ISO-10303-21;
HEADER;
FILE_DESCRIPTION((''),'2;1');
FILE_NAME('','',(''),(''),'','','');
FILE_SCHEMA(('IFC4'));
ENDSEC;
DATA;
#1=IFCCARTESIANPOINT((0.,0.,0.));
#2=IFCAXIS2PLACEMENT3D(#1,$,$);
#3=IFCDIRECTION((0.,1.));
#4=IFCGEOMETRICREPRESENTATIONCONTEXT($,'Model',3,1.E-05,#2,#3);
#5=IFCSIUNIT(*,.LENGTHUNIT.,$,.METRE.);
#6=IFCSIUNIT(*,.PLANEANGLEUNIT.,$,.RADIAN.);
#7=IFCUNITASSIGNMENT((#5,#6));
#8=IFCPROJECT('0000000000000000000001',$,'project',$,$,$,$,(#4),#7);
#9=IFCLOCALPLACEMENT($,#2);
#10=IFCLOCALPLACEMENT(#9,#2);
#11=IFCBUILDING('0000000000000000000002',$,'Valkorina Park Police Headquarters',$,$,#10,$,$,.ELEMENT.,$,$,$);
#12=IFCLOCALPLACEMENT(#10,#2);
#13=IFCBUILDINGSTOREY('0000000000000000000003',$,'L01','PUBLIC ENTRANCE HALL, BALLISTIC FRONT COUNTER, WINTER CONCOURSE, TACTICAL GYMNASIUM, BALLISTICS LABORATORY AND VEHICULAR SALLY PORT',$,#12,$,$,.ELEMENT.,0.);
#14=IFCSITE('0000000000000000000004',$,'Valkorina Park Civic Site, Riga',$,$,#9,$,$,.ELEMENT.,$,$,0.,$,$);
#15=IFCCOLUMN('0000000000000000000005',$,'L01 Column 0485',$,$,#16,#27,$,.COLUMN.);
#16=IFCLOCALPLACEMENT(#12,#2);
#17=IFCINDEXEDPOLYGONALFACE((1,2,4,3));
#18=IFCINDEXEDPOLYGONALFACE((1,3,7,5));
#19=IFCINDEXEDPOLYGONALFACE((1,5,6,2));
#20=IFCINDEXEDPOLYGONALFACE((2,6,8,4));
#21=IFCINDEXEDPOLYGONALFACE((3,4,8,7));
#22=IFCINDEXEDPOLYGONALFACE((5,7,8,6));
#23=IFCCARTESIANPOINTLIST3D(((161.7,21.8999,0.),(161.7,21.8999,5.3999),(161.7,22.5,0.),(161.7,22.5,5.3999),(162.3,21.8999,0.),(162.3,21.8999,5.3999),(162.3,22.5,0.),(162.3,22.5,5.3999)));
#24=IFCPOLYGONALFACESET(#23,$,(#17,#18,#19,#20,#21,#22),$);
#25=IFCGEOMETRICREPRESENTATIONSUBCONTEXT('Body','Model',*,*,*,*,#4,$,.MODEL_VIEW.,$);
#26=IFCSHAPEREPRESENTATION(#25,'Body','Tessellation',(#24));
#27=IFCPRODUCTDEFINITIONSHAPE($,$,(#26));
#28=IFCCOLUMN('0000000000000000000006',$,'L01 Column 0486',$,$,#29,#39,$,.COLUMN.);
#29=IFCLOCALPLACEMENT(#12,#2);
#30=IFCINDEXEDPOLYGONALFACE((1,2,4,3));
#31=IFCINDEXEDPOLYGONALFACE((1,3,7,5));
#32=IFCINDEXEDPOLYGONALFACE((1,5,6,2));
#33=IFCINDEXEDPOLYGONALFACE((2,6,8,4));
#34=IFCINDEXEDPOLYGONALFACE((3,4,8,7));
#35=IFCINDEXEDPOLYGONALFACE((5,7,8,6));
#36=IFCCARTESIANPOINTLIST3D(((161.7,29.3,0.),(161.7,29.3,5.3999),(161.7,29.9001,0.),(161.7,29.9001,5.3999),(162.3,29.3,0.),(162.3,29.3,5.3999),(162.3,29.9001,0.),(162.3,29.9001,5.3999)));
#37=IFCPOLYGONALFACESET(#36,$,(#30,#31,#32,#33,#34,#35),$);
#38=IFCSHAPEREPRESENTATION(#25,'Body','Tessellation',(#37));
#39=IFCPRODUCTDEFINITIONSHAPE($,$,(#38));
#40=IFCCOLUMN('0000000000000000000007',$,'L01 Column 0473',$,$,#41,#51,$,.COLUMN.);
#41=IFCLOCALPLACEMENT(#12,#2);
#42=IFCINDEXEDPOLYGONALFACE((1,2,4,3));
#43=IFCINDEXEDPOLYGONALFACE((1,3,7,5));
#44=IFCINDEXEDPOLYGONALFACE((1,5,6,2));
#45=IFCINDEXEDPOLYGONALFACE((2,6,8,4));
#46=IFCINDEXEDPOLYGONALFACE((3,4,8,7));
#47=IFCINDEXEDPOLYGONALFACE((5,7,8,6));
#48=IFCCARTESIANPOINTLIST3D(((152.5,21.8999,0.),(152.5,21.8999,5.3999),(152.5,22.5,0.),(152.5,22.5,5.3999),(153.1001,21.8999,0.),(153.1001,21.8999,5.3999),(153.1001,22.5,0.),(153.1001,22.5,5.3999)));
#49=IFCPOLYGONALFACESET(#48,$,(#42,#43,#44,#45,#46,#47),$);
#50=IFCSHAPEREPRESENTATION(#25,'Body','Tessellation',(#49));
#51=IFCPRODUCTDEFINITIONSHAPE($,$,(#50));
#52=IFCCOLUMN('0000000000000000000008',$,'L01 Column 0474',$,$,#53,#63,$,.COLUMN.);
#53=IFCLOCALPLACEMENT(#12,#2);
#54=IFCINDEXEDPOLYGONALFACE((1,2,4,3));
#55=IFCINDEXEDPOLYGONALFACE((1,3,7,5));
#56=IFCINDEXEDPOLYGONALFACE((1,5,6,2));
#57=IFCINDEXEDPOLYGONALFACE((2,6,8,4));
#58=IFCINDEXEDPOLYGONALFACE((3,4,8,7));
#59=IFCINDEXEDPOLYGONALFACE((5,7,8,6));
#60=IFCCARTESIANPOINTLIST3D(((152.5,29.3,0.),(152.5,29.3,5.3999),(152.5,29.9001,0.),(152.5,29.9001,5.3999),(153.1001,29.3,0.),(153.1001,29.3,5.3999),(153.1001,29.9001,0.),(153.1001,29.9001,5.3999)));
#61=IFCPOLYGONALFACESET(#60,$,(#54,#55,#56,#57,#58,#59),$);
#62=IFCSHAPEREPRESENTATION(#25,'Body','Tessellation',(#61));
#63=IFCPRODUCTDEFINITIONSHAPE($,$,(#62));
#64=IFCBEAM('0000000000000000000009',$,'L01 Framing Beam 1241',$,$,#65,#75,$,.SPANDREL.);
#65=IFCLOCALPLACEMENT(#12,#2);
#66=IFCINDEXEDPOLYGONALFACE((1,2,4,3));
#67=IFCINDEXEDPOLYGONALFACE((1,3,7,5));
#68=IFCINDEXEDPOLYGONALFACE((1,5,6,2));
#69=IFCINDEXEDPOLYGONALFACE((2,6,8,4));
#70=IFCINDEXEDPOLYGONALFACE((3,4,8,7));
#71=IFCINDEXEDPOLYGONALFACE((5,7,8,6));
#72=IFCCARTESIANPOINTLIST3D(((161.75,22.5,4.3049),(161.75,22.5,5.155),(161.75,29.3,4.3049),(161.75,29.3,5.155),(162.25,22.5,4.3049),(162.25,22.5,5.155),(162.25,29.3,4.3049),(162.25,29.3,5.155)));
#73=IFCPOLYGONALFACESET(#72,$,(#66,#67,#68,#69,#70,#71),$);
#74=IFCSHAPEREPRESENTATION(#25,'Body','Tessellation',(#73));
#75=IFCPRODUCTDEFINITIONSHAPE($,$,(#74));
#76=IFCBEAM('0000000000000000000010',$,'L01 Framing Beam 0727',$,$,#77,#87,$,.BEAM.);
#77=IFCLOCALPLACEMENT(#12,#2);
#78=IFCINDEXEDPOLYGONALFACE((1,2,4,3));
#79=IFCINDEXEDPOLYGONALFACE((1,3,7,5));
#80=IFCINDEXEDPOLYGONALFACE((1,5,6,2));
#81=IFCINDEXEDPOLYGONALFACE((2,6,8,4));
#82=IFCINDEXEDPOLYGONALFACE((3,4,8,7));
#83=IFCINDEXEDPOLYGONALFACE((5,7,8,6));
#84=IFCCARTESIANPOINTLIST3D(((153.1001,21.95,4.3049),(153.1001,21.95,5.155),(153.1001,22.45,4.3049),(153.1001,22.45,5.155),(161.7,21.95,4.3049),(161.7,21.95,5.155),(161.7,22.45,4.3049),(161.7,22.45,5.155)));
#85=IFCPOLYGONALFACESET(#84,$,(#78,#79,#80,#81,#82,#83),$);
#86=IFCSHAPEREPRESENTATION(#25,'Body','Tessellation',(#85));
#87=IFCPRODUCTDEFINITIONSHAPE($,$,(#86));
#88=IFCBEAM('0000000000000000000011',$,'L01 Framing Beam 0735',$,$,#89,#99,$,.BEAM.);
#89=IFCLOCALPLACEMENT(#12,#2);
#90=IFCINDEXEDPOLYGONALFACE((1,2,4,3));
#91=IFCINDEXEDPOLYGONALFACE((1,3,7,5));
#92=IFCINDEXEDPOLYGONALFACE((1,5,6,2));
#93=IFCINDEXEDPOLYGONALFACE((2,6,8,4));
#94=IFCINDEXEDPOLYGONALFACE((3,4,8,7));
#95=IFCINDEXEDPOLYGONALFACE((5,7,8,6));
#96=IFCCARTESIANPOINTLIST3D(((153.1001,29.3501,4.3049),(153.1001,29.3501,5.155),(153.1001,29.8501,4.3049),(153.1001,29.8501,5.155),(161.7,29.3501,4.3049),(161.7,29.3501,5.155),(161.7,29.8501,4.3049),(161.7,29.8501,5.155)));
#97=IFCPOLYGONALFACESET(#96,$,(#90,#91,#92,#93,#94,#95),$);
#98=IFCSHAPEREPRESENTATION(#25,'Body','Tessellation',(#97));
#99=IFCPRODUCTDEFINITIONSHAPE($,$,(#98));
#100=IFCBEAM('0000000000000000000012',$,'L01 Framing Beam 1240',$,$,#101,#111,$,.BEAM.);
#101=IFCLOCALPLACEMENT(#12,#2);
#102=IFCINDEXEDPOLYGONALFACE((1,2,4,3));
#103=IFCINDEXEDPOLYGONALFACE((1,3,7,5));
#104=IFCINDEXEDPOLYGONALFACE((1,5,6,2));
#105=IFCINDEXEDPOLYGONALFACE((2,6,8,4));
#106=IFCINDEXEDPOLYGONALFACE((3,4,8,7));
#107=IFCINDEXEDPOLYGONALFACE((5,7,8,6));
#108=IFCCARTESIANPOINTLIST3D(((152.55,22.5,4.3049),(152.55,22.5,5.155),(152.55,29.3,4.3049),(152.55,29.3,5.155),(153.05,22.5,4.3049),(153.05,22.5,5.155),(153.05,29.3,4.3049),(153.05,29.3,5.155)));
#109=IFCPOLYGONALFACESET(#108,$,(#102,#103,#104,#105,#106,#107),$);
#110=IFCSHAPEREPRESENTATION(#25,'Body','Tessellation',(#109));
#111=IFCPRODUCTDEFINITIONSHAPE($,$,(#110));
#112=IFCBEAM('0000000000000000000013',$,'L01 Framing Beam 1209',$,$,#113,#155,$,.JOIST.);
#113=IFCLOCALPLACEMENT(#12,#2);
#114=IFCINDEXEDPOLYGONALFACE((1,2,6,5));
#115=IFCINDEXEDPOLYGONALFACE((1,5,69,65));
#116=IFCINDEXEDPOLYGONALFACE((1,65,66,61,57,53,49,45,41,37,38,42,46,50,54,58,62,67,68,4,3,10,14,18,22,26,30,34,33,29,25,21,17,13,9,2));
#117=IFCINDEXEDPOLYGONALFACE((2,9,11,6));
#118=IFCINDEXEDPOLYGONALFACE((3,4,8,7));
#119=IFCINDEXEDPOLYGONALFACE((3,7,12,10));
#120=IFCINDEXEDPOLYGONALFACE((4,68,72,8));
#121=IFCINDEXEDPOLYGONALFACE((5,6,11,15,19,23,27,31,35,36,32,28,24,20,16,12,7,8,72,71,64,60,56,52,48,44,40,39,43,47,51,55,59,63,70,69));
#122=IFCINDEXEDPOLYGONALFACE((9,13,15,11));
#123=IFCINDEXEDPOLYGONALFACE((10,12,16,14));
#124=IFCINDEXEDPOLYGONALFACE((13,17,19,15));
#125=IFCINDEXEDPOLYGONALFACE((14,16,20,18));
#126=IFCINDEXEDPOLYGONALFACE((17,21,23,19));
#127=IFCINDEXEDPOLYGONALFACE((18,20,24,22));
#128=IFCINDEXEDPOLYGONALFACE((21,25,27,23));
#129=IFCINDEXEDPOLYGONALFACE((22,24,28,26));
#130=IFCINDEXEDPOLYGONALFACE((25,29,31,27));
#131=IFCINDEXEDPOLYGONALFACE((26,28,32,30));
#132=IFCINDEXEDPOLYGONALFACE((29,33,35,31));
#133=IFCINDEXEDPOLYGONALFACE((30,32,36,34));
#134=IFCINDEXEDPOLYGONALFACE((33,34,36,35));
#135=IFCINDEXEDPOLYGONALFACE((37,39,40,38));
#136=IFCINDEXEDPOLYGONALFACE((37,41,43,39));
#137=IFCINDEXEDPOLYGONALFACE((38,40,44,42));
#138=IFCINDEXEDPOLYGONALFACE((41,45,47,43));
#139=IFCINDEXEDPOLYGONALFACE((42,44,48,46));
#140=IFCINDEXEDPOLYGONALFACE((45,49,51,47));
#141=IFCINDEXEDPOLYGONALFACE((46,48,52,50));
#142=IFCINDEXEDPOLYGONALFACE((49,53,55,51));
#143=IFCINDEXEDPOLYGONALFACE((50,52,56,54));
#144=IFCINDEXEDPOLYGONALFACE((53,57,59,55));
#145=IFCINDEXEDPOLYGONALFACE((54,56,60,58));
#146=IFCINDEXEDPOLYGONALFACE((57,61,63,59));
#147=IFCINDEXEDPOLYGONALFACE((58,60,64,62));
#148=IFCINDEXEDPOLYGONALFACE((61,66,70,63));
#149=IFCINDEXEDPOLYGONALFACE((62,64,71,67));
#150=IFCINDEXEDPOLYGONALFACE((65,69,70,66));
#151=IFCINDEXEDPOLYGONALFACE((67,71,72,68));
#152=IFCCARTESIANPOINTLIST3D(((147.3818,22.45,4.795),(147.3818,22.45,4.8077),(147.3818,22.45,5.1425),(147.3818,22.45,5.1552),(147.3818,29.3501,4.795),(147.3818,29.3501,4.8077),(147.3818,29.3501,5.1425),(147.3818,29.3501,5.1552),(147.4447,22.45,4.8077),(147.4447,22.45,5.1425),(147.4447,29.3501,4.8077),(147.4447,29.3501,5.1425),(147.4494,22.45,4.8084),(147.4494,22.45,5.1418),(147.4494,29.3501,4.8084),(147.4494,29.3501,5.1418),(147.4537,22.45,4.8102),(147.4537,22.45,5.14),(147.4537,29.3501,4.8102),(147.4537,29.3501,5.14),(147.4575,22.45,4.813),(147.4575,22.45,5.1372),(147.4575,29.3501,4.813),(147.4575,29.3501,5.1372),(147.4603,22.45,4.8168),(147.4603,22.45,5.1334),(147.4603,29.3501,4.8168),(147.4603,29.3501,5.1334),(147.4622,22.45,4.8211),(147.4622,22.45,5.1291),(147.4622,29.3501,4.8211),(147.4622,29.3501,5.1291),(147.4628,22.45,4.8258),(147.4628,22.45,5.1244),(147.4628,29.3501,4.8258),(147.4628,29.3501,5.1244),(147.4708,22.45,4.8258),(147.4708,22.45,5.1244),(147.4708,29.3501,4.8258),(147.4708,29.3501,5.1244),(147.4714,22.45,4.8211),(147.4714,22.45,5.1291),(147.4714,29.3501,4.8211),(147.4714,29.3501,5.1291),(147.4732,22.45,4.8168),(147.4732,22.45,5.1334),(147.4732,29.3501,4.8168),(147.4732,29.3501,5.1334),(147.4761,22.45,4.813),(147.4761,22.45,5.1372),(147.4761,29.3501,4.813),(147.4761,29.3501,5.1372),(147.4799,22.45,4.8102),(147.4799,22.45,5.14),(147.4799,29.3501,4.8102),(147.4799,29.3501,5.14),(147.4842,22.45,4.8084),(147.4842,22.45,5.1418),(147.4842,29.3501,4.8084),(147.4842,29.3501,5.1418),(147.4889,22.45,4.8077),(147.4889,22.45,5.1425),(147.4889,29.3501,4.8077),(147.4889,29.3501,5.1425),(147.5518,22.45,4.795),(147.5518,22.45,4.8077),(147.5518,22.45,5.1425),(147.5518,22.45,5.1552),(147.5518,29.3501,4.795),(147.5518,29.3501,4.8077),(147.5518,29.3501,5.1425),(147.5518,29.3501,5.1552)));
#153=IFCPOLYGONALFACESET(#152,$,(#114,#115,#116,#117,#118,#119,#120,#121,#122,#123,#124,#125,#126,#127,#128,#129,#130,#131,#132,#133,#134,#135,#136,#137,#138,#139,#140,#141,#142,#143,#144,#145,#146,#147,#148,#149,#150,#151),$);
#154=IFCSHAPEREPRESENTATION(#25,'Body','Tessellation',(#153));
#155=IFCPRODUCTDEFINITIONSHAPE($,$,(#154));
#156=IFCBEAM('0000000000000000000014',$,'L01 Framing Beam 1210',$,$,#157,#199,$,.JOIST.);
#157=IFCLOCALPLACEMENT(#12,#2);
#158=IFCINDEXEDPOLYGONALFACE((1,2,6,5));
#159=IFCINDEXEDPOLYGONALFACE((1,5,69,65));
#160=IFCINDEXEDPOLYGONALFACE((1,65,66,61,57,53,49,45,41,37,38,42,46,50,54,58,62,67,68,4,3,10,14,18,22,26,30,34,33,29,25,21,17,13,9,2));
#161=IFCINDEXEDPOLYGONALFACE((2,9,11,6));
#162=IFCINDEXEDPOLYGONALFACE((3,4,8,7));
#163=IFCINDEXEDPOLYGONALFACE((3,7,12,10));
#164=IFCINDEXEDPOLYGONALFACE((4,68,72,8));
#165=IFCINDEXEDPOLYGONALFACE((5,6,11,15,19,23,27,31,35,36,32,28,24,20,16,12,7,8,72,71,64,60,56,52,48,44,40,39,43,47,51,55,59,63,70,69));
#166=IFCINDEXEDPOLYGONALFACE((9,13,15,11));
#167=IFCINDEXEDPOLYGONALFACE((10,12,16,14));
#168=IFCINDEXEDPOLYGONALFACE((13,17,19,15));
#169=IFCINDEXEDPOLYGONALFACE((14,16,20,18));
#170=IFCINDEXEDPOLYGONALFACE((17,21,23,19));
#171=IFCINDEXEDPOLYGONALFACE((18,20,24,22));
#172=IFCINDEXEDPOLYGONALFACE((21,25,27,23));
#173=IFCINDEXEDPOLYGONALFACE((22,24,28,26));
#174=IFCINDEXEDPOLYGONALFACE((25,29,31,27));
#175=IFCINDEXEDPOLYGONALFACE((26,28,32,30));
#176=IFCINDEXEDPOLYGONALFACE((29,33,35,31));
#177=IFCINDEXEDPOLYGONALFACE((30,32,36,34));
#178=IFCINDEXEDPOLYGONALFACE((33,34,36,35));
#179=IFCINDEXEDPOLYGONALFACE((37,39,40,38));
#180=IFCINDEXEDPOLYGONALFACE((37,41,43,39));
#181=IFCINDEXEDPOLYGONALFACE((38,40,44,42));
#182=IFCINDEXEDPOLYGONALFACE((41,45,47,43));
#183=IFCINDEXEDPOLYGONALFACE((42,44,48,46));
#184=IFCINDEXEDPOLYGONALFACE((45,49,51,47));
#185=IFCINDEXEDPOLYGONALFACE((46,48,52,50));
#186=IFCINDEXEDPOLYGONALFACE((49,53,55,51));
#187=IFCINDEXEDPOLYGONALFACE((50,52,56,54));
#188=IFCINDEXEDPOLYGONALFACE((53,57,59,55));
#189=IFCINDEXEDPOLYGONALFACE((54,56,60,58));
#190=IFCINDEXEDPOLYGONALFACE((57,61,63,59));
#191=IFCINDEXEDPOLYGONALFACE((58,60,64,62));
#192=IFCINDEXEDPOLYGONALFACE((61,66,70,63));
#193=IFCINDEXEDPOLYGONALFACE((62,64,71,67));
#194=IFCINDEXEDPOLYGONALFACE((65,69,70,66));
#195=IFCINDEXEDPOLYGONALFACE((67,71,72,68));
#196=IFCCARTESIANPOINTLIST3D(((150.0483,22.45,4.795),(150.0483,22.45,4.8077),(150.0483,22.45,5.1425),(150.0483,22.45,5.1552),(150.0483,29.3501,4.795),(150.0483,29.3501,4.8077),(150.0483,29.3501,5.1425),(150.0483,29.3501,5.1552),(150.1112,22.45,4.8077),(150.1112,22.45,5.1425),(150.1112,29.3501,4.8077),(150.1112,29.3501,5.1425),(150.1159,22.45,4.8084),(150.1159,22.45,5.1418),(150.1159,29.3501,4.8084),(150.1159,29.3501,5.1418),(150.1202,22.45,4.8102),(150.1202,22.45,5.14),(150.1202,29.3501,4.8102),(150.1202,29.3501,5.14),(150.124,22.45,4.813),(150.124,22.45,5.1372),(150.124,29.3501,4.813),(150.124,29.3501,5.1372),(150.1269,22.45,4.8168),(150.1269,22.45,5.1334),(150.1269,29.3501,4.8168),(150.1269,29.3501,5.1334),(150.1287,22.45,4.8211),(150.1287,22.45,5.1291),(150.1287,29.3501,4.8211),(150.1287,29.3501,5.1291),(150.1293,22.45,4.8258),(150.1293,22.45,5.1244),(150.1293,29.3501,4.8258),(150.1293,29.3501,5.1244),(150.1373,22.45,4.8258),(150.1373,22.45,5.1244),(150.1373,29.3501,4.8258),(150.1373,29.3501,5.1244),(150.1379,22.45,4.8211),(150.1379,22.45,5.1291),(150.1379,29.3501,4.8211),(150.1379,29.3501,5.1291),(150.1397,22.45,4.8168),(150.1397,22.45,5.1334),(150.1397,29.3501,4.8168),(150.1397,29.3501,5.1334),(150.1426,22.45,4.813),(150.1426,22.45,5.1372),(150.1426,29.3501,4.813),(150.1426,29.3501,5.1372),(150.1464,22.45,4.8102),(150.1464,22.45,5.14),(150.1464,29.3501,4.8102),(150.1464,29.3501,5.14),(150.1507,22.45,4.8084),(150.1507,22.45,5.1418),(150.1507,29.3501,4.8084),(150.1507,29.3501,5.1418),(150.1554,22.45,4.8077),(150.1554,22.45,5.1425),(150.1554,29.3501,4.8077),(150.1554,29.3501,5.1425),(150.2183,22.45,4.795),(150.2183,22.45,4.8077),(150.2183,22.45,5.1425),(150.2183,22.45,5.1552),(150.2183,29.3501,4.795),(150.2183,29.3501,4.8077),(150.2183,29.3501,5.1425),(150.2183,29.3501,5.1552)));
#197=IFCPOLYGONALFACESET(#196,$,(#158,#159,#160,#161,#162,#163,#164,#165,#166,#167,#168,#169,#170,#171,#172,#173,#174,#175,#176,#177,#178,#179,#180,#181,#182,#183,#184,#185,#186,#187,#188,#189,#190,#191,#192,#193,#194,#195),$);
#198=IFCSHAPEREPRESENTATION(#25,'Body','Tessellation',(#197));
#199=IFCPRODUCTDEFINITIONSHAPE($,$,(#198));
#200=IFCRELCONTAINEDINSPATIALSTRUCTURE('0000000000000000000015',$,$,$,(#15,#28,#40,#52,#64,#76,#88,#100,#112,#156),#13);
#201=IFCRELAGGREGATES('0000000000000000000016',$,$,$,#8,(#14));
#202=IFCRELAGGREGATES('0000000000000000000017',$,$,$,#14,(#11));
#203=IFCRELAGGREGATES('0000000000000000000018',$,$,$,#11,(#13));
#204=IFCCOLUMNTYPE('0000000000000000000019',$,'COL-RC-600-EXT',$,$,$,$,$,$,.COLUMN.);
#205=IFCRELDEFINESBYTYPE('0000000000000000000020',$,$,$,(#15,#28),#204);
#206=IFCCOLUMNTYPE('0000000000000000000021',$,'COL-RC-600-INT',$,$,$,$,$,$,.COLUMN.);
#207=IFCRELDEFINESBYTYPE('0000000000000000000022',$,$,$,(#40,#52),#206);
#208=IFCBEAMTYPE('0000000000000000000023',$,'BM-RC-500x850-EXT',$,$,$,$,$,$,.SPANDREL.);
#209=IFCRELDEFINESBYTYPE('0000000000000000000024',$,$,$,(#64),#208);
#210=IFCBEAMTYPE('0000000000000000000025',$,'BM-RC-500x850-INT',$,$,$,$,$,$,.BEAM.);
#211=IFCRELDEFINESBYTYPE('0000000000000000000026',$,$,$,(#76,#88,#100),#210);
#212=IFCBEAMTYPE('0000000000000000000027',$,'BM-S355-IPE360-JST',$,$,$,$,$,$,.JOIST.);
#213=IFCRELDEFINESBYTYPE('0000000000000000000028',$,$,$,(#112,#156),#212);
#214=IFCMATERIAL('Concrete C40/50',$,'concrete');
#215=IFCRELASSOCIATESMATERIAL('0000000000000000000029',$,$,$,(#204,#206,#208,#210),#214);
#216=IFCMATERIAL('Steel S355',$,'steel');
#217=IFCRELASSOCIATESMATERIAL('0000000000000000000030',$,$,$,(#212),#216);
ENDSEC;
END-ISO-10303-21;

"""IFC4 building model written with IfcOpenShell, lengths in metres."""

from ifc_helpers import new_model, si_unit, direction, frame, origin, origin_2d, place, context, subcontext, project, spatial, rectangle, i_section, extrude, material, material_profile, profile_set, type_object, element, save


model = new_model("IFC4")

# Units and contexts
model_context = context("Model", 3, precision=1e-05, world=origin(), true_north=direction((0.0, 1.0)))
body_context = subcontext(model_context, "Body", "Model", "MODEL_VIEW")
ifc_project = project(units=[si_unit("LENGTHUNIT", "METRE"), si_unit("PLANEANGLEUNIT", "RADIAN")], contexts=[model_context])

# Site, building, storey
site_placement = place(None, origin())
site = spatial("IfcSite", under=ifc_project, at=site_placement, Name="Valkorina Park Civic Site, Riga", CompositionType="ELEMENT", RefElevation=0.0)
building_placement = place(site_placement, origin())
building = spatial("IfcBuilding", under=site, at=building_placement, Name="Valkorina Park Police Headquarters", CompositionType="ELEMENT")
storey_placement = place(building_placement, origin())
storey = spatial("IfcBuildingStorey", under=building, at=storey_placement, Name="L01", Description="PUBLIC ENTRANCE HALL, BALLISTIC FRONT COUNTER, WINTER CONCOURSE, TACTICAL GYMNASIUM, BALLISTICS LABORATORY AND VEHICULAR SALLY PORT", CompositionType="ELEMENT", Elevation=0.0)

# Columns
ifc_material_1 = material(Name="Concrete C40/50", Category="concrete")
ifc_material_profile_1 = material_profile(ifc_material_1, rectangle(XDim=0.6001, YDim=0.6001, at=origin_2d()), Name="RC COL 600x600")
ifc_profile_set_1 = profile_set([ifc_material_profile_1], Name="Concrete C40/50")
column_type_1 = type_object("IfcColumnType", Name="COL-RC-600-EXT", PredefinedType="COLUMN", material=ifc_profile_set_1)
for number, where, z_axis, x_axis, name in (
    (1, (162.0, 22.2, 0.0), (0.0, 0.0, 1.0), (1.0, 0.0, 0.0), "L01 Column 0485"),
    (2, (162.0, 29.6001, 0.0), (0.0, 0.0, 1.0), (1.0, 0.0, 0.0), "L01 Column 0486"),
):
    element("IfcColumn", number, at=place(storey_placement, frame(where, z_axis=z_axis, x_axis=x_axis)), inside=storey, type_object=column_type_1, Name=name, PredefinedType="COLUMN", context=body_context, shape_type="SweptSolid", body=[
        extrude(rectangle(XDim=0.6001, YDim=0.6001, at=origin_2d()), origin(), (0.0, 0.0, 1.0), 5.3999),
    ])
ifc_material_profile_2 = material_profile(ifc_material_1, rectangle(XDim=0.6001, YDim=0.6001, at=origin_2d()), Name="RC COL 600x600")
ifc_profile_set_2 = profile_set([ifc_material_profile_2], Name="Concrete C40/50")
column_type_2 = type_object("IfcColumnType", Name="COL-RC-600-INT", PredefinedType="COLUMN", material=ifc_profile_set_2)
for number, where, z_axis, x_axis, name in (
    (3, (152.8, 22.2, 0.0), (0.0, 0.0, 1.0), (1.0, 0.0, 0.0), "L01 Column 0473"),
    (4, (152.8, 29.6001, 0.0), (0.0, 0.0, 1.0), (1.0, 0.0, 0.0), "L01 Column 0474"),
):
    element("IfcColumn", number, at=place(storey_placement, frame(where, z_axis=z_axis, x_axis=x_axis)), inside=storey, type_object=column_type_2, Name=name, PredefinedType="COLUMN", context=body_context, shape_type="SweptSolid", body=[
        extrude(rectangle(XDim=0.6001, YDim=0.6001, at=origin_2d()), origin(), (0.0, 0.0, 1.0), 5.3999),
    ])

# Beams
ifc_material_profile_3 = material_profile(ifc_material_1, rectangle(XDim=0.5, YDim=0.8501, at=origin_2d()), Name="RC BEAM 500x850")
ifc_profile_set_3 = profile_set([ifc_material_profile_3], Name="Concrete C40/50")
beam_type_1 = type_object("IfcBeamType", Name="BM-RC-500x850-EXT", PredefinedType="SPANDREL", material=ifc_profile_set_3)
beam_1_placement = place(storey_placement, frame((162.0, 22.5, 4.73), z_axis=(0.0, 1.0, 0.0), x_axis=(-1.0, 0.0, 0.0)))
element("IfcBeam", 5, at=beam_1_placement, inside=storey, type_object=beam_type_1, Name="L01 Framing Beam 1241", PredefinedType="SPANDREL", context=body_context, shape_type="SweptSolid", body=[
    extrude(rectangle(XDim=0.5, YDim=0.8501, at=origin_2d()), origin(), (0.0, 0.0, 1.0), 6.8),
])
ifc_material_profile_4 = material_profile(ifc_material_1, rectangle(XDim=0.5, YDim=0.8501, at=origin_2d()), Name="RC BEAM 500x850")
ifc_profile_set_4 = profile_set([ifc_material_profile_4], Name="Concrete C40/50")
beam_type_2 = type_object("IfcBeamType", Name="BM-RC-500x850-INT", PredefinedType="BEAM", material=ifc_profile_set_4)
for number, where, z_axis, x_axis, name in (
    (6, (153.1001, 22.2, 4.73), (1.0, 0.0, 0.0), (0.0, 1.0, 0.0), "L01 Framing Beam 0727"),
    (7, (153.1001, 29.6001, 4.73), (1.0, 0.0, 0.0), (0.0, 1.0, 0.0), "L01 Framing Beam 0735"),
):
    element("IfcBeam", number, at=place(storey_placement, frame(where, z_axis=z_axis, x_axis=x_axis)), inside=storey, type_object=beam_type_2, Name=name, PredefinedType="BEAM", context=body_context, shape_type="SweptSolid", body=[
        extrude(rectangle(XDim=0.5, YDim=0.8501, at=origin_2d()), origin(), (0.0, 0.0, 1.0), 8.5999),
    ])
beam_2_placement = place(storey_placement, frame((152.8, 22.5, 4.73), z_axis=(0.0, 1.0, 0.0), x_axis=(-1.0, 0.0, 0.0)))
element("IfcBeam", 8, at=beam_2_placement, inside=storey, type_object=beam_type_2, Name="L01 Framing Beam 1240", PredefinedType="BEAM", context=body_context, shape_type="SweptSolid", body=[
    extrude(rectangle(XDim=0.5, YDim=0.8501, at=origin_2d()), origin(), (0.0, 0.0, 1.0), 6.8),
])
ifc_material_2 = material(Name="Steel S355", Category="steel")
ifc_material_profile_5 = material_profile(ifc_material_2, i_section(OverallWidth=0.1699, OverallDepth=0.3601, WebThickness=0.0081, FlangeThickness=0.0127, FilletRadius=0.0181, at=origin_2d()), Name="IPE 360")
ifc_profile_set_5 = profile_set([ifc_material_profile_5], Name="Steel S355")
beam_type_3 = type_object("IfcBeamType", Name="BM-S355-IPE360-JST", PredefinedType="JOIST", material=ifc_profile_set_5)
for number, where, z_axis, x_axis, name in (
    (9, (147.4668, 22.45, 4.9751), (0.0, 1.0, 0.0), (-1.0, 0.0, 0.0), "L01 Framing Beam 1209"),
    (10, (150.1333, 22.45, 4.9751), (0.0, 1.0, 0.0), (-1.0, 0.0, 0.0), "L01 Framing Beam 1210"),
):
    element("IfcBeam", number, at=place(storey_placement, frame(where, z_axis=z_axis, x_axis=x_axis)), inside=storey, type_object=beam_type_3, Name=name, PredefinedType="JOIST", context=body_context, shape_type="SweptSolid", body=[
        extrude(i_section(OverallWidth=0.1699, OverallDepth=0.3601, WebThickness=0.0081, FlangeThickness=0.0127, FilletRadius=0.0181, at=origin_2d()), origin(), (0.0, 0.0, 1.0), 6.9001),
    ])

save(model, "model.ifc")
